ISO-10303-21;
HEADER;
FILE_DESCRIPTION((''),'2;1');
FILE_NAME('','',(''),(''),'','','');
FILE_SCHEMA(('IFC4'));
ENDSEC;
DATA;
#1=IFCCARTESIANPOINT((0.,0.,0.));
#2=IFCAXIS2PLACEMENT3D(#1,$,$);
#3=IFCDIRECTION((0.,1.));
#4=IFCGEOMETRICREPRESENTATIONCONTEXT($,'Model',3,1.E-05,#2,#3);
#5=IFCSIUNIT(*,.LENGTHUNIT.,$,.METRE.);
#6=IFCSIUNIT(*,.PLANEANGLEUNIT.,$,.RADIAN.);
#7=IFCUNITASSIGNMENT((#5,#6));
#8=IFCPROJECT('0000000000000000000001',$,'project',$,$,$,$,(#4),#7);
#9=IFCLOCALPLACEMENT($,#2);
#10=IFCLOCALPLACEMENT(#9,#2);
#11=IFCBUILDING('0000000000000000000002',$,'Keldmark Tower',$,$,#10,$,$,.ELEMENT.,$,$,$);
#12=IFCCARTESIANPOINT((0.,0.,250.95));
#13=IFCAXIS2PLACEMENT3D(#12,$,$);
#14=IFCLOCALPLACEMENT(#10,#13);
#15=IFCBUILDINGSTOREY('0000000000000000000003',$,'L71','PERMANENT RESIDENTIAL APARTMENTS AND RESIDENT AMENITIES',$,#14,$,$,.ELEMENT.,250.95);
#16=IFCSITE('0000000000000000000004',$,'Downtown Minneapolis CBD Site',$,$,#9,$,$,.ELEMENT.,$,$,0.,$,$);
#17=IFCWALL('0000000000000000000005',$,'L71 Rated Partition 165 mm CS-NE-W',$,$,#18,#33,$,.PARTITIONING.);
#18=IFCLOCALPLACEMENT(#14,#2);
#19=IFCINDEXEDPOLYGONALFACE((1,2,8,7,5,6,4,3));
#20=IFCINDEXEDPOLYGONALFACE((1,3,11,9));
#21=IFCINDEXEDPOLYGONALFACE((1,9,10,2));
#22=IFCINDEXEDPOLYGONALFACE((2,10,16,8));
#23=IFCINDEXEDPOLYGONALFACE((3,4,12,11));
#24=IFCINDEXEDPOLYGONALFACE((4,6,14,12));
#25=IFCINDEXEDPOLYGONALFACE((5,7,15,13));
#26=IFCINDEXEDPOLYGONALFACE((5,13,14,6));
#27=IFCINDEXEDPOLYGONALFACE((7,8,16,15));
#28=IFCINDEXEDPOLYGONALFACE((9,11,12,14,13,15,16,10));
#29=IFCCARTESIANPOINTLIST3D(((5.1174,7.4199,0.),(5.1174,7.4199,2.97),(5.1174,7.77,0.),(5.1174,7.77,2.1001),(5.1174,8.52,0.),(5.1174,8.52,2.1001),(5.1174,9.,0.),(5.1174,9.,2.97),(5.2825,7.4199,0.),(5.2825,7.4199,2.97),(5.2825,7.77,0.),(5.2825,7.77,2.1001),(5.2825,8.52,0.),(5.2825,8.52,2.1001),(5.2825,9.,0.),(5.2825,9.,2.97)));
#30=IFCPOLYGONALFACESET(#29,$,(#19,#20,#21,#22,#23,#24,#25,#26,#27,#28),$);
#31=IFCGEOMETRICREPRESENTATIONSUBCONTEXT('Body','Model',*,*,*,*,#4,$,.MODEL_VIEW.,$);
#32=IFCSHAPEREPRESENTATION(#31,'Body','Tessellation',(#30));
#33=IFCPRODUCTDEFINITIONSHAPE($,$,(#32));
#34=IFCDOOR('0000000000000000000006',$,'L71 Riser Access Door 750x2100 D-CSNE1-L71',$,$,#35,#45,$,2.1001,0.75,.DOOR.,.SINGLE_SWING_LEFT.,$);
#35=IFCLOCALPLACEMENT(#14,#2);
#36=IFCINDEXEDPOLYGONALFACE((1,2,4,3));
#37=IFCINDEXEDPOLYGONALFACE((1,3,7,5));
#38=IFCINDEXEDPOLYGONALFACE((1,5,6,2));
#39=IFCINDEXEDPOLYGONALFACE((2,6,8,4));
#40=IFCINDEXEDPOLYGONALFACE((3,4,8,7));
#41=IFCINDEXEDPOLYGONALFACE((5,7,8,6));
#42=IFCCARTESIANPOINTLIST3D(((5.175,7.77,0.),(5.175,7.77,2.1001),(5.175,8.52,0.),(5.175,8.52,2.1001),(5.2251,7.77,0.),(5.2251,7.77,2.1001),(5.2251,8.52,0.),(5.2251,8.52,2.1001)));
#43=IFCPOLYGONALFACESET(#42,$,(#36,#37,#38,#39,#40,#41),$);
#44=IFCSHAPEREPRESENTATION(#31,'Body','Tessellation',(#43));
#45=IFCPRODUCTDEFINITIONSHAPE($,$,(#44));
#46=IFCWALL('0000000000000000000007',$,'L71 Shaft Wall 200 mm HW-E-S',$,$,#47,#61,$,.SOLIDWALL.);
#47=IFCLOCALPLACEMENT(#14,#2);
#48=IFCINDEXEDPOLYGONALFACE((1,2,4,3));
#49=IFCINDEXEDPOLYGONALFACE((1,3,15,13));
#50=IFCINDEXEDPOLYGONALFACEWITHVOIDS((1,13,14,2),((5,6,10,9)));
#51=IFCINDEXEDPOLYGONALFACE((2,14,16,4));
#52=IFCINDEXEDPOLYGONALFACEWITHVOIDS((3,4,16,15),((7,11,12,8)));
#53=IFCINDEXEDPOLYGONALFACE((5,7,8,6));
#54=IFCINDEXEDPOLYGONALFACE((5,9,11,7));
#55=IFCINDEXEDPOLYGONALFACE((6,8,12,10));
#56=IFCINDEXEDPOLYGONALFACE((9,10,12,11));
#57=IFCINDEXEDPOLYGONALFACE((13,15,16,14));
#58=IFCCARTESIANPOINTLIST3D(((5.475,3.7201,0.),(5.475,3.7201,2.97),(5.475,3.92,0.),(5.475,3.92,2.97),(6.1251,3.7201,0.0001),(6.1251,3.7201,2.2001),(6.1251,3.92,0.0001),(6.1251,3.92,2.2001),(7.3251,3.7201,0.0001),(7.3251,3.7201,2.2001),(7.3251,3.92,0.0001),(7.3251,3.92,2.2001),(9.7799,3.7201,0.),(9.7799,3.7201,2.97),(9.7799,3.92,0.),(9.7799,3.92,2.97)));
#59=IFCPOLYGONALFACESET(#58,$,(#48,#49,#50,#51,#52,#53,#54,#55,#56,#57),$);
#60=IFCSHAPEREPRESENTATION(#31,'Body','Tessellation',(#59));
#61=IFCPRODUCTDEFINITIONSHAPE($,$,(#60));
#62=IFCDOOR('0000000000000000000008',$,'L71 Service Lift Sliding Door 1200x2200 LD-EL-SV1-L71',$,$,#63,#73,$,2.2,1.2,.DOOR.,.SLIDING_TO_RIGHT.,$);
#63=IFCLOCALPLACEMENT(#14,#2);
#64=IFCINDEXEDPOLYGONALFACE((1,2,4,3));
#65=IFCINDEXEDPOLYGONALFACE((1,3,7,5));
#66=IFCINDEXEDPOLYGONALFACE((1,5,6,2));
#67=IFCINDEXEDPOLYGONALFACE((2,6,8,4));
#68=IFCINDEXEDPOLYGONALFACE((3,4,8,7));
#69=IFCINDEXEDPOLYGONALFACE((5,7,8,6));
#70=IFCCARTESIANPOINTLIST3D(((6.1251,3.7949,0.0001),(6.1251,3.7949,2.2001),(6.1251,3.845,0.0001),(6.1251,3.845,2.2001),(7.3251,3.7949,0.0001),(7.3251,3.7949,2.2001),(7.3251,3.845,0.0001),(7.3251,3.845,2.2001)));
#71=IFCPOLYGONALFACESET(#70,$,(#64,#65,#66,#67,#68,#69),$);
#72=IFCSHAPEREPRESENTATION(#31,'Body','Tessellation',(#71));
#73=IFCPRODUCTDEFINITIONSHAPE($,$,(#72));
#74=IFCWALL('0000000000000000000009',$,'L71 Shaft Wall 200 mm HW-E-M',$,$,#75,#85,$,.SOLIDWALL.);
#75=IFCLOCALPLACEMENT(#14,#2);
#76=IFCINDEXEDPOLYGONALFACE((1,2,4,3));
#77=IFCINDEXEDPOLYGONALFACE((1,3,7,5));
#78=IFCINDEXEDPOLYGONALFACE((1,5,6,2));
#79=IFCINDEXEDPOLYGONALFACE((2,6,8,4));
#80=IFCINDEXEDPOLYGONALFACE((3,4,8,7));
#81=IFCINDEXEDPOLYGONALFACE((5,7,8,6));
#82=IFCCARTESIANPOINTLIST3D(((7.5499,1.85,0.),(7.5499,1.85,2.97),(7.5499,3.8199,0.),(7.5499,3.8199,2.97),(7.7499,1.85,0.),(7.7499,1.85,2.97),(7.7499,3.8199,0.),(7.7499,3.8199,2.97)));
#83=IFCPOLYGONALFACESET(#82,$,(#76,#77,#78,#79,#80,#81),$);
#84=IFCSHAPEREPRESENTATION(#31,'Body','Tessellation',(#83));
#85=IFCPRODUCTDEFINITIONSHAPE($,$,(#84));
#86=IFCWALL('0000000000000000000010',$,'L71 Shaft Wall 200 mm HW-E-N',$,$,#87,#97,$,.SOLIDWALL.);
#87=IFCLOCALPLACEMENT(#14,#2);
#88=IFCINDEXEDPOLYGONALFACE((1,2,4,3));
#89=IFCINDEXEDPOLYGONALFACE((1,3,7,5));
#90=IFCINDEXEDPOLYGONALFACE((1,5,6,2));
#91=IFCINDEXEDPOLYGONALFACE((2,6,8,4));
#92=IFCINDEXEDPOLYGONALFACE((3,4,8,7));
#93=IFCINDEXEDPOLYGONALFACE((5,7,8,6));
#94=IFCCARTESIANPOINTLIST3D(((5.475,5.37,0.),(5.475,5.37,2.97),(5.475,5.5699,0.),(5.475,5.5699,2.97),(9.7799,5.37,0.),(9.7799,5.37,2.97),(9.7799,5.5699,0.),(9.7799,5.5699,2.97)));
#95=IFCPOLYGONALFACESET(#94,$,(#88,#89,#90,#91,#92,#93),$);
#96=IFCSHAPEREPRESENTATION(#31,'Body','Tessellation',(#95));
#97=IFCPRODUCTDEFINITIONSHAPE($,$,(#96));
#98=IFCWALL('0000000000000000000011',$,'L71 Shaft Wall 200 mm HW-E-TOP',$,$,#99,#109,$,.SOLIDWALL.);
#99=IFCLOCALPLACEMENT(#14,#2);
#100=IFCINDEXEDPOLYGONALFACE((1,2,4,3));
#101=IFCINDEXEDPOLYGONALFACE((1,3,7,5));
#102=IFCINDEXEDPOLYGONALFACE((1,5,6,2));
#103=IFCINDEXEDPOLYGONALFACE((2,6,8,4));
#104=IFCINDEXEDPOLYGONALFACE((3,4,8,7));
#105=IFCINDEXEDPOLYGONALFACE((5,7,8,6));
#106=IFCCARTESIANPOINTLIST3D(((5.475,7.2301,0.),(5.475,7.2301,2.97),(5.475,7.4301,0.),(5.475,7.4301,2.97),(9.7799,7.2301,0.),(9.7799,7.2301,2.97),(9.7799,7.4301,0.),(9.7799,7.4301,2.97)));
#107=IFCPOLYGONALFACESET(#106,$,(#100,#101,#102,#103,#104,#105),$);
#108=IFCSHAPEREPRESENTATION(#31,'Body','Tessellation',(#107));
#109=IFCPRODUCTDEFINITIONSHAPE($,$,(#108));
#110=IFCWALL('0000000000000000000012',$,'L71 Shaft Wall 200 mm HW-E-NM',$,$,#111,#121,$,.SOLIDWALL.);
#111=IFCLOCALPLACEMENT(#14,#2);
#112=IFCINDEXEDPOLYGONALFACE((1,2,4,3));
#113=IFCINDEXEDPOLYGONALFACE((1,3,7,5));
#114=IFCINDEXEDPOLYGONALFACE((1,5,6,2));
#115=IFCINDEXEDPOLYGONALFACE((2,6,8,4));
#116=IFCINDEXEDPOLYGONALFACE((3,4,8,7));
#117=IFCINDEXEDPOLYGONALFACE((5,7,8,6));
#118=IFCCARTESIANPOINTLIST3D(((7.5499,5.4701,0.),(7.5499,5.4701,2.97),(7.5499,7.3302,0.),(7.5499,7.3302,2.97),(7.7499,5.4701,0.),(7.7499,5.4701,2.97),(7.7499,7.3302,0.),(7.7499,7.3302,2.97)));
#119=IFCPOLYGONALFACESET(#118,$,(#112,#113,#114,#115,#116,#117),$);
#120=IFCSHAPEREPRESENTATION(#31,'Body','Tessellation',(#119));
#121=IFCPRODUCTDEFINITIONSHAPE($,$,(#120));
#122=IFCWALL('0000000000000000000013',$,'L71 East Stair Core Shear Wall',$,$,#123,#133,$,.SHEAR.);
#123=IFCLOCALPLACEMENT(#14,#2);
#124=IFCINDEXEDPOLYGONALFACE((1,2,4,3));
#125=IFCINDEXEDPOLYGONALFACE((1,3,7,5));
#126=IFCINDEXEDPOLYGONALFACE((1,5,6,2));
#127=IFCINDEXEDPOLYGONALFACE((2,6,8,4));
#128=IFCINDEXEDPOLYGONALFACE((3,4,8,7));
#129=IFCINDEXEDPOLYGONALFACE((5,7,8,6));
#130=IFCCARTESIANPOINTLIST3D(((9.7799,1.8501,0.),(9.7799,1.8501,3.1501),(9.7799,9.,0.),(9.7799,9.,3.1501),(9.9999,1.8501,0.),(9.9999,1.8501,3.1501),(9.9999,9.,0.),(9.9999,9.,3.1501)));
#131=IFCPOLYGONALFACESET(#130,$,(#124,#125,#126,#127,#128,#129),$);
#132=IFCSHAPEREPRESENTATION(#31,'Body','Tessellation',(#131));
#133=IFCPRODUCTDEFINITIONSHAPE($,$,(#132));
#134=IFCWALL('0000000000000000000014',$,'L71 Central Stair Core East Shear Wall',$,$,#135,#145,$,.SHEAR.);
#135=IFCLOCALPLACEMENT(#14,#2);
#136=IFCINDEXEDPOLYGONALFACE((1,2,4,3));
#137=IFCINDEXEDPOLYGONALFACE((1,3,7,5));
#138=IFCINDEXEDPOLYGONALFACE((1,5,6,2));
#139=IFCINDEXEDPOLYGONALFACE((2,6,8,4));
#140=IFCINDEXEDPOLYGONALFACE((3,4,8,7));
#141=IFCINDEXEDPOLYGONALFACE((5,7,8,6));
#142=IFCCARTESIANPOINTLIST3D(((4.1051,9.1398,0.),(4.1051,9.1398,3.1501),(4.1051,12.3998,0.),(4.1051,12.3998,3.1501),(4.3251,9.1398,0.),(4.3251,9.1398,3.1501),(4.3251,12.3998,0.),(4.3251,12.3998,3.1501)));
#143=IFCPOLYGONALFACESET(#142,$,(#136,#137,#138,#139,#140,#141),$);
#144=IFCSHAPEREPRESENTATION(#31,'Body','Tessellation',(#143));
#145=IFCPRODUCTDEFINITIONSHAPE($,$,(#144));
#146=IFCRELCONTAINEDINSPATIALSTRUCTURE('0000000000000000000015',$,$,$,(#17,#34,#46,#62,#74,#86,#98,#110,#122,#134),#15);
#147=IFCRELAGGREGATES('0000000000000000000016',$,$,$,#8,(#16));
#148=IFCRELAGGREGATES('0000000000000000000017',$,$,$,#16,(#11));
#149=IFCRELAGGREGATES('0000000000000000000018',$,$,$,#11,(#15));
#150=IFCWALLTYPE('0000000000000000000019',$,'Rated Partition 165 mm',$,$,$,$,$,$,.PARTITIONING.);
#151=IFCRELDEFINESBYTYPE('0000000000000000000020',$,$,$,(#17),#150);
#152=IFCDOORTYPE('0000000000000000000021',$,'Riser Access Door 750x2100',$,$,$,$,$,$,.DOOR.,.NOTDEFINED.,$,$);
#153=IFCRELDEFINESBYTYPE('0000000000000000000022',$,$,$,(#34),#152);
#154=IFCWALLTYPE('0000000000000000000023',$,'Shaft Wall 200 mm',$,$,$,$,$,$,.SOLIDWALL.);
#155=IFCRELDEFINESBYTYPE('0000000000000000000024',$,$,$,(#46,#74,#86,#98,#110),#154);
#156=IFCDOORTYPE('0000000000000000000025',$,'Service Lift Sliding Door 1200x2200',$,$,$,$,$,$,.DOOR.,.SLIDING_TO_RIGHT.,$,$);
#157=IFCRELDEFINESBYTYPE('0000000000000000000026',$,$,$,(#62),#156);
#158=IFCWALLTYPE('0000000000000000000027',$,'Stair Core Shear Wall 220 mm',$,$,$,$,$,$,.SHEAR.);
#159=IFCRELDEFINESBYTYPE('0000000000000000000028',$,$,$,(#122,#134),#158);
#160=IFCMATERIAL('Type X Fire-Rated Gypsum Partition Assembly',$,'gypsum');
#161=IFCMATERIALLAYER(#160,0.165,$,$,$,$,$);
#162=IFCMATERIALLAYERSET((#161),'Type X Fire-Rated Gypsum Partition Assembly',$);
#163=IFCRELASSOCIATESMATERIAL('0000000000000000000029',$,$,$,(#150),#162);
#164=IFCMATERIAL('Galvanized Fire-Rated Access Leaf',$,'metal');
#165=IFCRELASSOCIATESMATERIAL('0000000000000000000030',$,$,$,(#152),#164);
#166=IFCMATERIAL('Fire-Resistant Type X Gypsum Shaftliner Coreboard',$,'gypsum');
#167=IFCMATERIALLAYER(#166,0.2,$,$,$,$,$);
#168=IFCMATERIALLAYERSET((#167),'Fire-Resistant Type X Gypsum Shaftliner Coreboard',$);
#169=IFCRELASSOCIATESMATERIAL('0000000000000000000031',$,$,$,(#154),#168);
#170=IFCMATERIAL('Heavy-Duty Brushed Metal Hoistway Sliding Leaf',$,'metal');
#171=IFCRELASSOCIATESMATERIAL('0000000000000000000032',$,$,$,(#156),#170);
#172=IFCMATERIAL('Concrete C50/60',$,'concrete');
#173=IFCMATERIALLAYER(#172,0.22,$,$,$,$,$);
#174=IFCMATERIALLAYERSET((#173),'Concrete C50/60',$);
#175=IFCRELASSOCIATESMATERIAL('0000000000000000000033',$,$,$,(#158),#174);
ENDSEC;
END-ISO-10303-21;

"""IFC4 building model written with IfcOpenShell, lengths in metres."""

from ifc_helpers import new_model, si_unit, direction, frame, frame_2d, origin, place, context, subcontext, project, spatial, rectangle, extrude, material, layer, layer_set, type_object, element, fill, save


model = new_model("IFC4")

# Units and contexts
model_context = context("Model", 3, precision=1e-05, world=origin(), true_north=direction((0.0, 1.0)))
body_context = subcontext(model_context, "Body", "Model", "MODEL_VIEW")
ifc_project = project(units=[si_unit("LENGTHUNIT", "METRE"), si_unit("PLANEANGLEUNIT", "RADIAN")], contexts=[model_context])

# Site, building, storey
site_placement = place(None, origin())
site = spatial("IfcSite", under=ifc_project, at=site_placement, Name="Downtown Minneapolis CBD Site", CompositionType="ELEMENT", RefElevation=0.0)
building_placement = place(site_placement, origin())
building = spatial("IfcBuilding", under=site, at=building_placement, Name="Keldmark Tower", CompositionType="ELEMENT")
storey_placement = place(building_placement, frame((0.0, 0.0, 250.95)))
storey = spatial("IfcBuildingStorey", under=building, at=storey_placement, Name="L71", Description="PERMANENT RESIDENTIAL APARTMENTS AND RESIDENT AMENITIES", CompositionType="ELEMENT", Elevation=250.95)

# Shared definitions
ifc_material_1 = material(Name="Type X Fire-Rated Gypsum Partition Assembly", Category="gypsum")
ifc_layer_1 = layer(ifc_material_1, 0.165)
ifc_layer_set_1 = layer_set([ifc_layer_1], Name="Type X Fire-Rated Gypsum Partition Assembly")
wall_type_1 = type_object("IfcWallType", Name="Rated Partition 165 mm", PredefinedType="PARTITIONING", material=ifc_layer_set_1)

# Walls, openings, doors
wall_1_placement = place(storey_placement, frame((5.2, 7.4199, 0.0), z_axis=(0.0, 0.0, 1.0), x_axis=(0.0, 1.0, 0.0)))
wall_1 = element("IfcWall", 1, at=wall_1_placement, inside=storey, type_object=wall_type_1, Name="L71 Rated Partition 165 mm CS-NE-W", PredefinedType="PARTITIONING", context=body_context, shape_type="SweptSolid", body=[
    extrude(rectangle(XDim=1.5801, YDim=0.165, at=frame_2d((0.79, 0.0))), origin(), (0.0, 0.0, 1.0), 2.97),
])
opening_1_placement = place(wall_1_placement, frame((0.3501, 0.0, 0.0)))
opening_1 = element("IfcOpeningElement", 2, at=opening_1_placement, cuts=wall_1, PredefinedType="OPENING", context=body_context, shape_type="SweptSolid", body=[
    extrude(rectangle(XDim=0.75, YDim=2.1001, at=frame_2d((0.375, 1.05))), frame((0.0, 0.0925, 0.0), z_axis=(0.0, -1.0, 0.0), x_axis=(1.0, 0.0, 0.0)), (0.0, 0.0, 1.0), 0.1851),
])
ifc_material_2 = material(Name="Galvanized Fire-Rated Access Leaf", Category="metal")
door_type_1 = type_object("IfcDoorType", Name="Riser Access Door 750x2100", OperationType="NOTDEFINED", PredefinedType="DOOR", material=ifc_material_2)
door_1_placement = place(opening_1_placement, origin())
door_1 = element("IfcDoor", 3, at=door_1_placement, inside=storey, type_object=door_type_1, Name="L71 Riser Access Door 750x2100 D-CSNE1-L71", OperationType="SINGLE_SWING_LEFT", OverallHeight=2.1001, OverallWidth=0.75, PredefinedType="DOOR", context=body_context, shape_type="SweptSolid", body=[
    extrude(rectangle(XDim=0.75, YDim=2.1001, at=frame_2d((0.375, 1.05))), frame((0.0, 0.0249, 0.0), z_axis=(0.0, -1.0, 0.0), x_axis=(1.0, 0.0, 0.0)), (0.0, 0.0, 1.0), 0.05),
])
fill(opening_1, door_1)
ifc_material_3 = material(Name="Fire-Resistant Type X Gypsum Shaftliner Coreboard", Category="gypsum")
ifc_layer_2 = layer(ifc_material_3, 0.2)
ifc_layer_set_2 = layer_set([ifc_layer_2], Name="Fire-Resistant Type X Gypsum Shaftliner Coreboard")
wall_type_2 = type_object("IfcWallType", Name="Shaft Wall 200 mm", PredefinedType="SOLIDWALL", material=ifc_layer_set_2)
wall_2_placement = place(storey_placement, frame((5.4751, 3.8201, 0.0), z_axis=(0.0, 0.0, 1.0), x_axis=(1.0, 0.0, 0.0)))
wall_2 = element("IfcWall", 4, at=wall_2_placement, inside=storey, type_object=wall_type_2, Name="L71 Shaft Wall 200 mm HW-E-S", PredefinedType="SOLIDWALL", context=body_context, shape_type="SweptSolid", body=[
    extrude(rectangle(XDim=4.3049, YDim=0.2, at=frame_2d((2.1523, 0.0))), origin(), (0.0, 0.0, 1.0), 2.97),
])
opening_2_placement = place(wall_2_placement, frame((0.6499, 0.0, 0.0)))
opening_2 = element("IfcOpeningElement", 5, at=opening_2_placement, cuts=wall_2, PredefinedType="OPENING", context=body_context, shape_type="SweptSolid", body=[
    extrude(rectangle(XDim=1.2, YDim=2.2, at=frame_2d((0.6001, 1.1001))), frame((0.0, 0.1099, 0.0), z_axis=(0.0, -1.0, 0.0), x_axis=(1.0, 0.0, 0.0)), (0.0, 0.0, 1.0), 0.22),
])
ifc_material_4 = material(Name="Heavy-Duty Brushed Metal Hoistway Sliding Leaf", Category="metal")
door_type_2 = type_object("IfcDoorType", Name="Service Lift Sliding Door 1200x2200", OperationType="SLIDING_TO_RIGHT", PredefinedType="DOOR", material=ifc_material_4)
door_2_placement = place(opening_2_placement, origin())
door_2 = element("IfcDoor", 6, at=door_2_placement, inside=storey, type_object=door_type_2, Name="L71 Service Lift Sliding Door 1200x2200 LD-EL-SV1-L71", OperationType="SLIDING_TO_RIGHT", OverallHeight=2.2, OverallWidth=1.2, PredefinedType="DOOR", context=body_context, shape_type="SweptSolid", body=[
    extrude(rectangle(XDim=1.2, YDim=2.2, at=frame_2d((0.6001, 1.1001))), frame((0.0, 0.0249, 0.0), z_axis=(0.0, -1.0, 0.0), x_axis=(1.0, 0.0, 0.0)), (0.0, 0.0, 1.0), 0.05),
])
fill(opening_2, door_2)

# Walls
wall_3_placement = place(storey_placement, frame((7.6499, 1.8501, 0.0), z_axis=(0.0, 0.0, 1.0), x_axis=(0.0, 1.0, 0.0)))
element("IfcWall", 7, at=wall_3_placement, inside=storey, type_object=wall_type_2, Name="L71 Shaft Wall 200 mm HW-E-M", PredefinedType="SOLIDWALL", context=body_context, shape_type="SweptSolid", body=[
    extrude(rectangle(XDim=1.97, YDim=0.2, at=frame_2d((0.9849, 0.0))), origin(), (0.0, 0.0, 1.0), 2.97),
])
for number, where, z_axis, x_axis, name in (
    (8, (5.4751, 5.47, 0.0), (0.0, 0.0, 1.0), (1.0, 0.0, 0.0), "L71 Shaft Wall 200 mm HW-E-N"),
    (9, (5.4751, 7.3301, 0.0), (0.0, 0.0, 1.0), (1.0, 0.0, 0.0), "L71 Shaft Wall 200 mm HW-E-TOP"),
):
    element("IfcWall", number, at=place(storey_placement, frame(where, z_axis=z_axis, x_axis=x_axis)), inside=storey, type_object=wall_type_2, Name=name, PredefinedType="SOLIDWALL", context=body_context, shape_type="SweptSolid", body=[
        extrude(rectangle(XDim=4.3049, YDim=0.2, at=frame_2d((2.1523, 0.0))), origin(), (0.0, 0.0, 1.0), 2.97),
    ])
wall_4_placement = place(storey_placement, frame((7.6499, 5.47, 0.0), z_axis=(0.0, 0.0, 1.0), x_axis=(0.0, 1.0, 0.0)))
element("IfcWall", 10, at=wall_4_placement, inside=storey, type_object=wall_type_2, Name="L71 Shaft Wall 200 mm HW-E-NM", PredefinedType="SOLIDWALL", context=body_context, shape_type="SweptSolid", body=[
    extrude(rectangle(XDim=1.8601, YDim=0.2, at=frame_2d((0.9302, 0.0))), origin(), (0.0, 0.0, 1.0), 2.97),
])
ifc_material_5 = material(Name="Concrete C50/60", Category="concrete")
ifc_layer_3 = layer(ifc_material_5, 0.22)
ifc_layer_set_3 = layer_set([ifc_layer_3], Name="Concrete C50/60")
wall_type_3 = type_object("IfcWallType", Name="Stair Core Shear Wall 220 mm", PredefinedType="SHEAR", material=ifc_layer_set_3)
wall_5_placement = place(storey_placement, frame((9.8899, 1.8501, 0.0), z_axis=(0.0, 0.0, 1.0), x_axis=(0.0, 1.0, 0.0)))
element("IfcWall", 11, at=wall_5_placement, inside=storey, type_object=wall_type_3, Name="L71 East Stair Core Shear Wall", PredefinedType="SHEAR", context=body_context, shape_type="SweptSolid", body=[
    extrude(rectangle(XDim=7.1499, YDim=0.22, at=frame_2d((3.575, 0.0))), origin(), (0.0, 0.0, 1.0), 3.1501),
])
wall_6_placement = place(storey_placement, frame((4.2151, 9.1399, 0.0), z_axis=(0.0, 0.0, 1.0), x_axis=(0.0, 1.0, 0.0)))
element("IfcWall", 12, at=wall_6_placement, inside=storey, type_object=wall_type_3, Name="L71 Central Stair Core East Shear Wall", PredefinedType="SHEAR", context=body_context, shape_type="SweptSolid", body=[
    extrude(rectangle(XDim=3.26, YDim=0.22, at=frame_2d((1.6299, 0.0))), origin(), (0.0, 0.0, 1.0), 3.1501),
])

save(model, "model.ifc")
